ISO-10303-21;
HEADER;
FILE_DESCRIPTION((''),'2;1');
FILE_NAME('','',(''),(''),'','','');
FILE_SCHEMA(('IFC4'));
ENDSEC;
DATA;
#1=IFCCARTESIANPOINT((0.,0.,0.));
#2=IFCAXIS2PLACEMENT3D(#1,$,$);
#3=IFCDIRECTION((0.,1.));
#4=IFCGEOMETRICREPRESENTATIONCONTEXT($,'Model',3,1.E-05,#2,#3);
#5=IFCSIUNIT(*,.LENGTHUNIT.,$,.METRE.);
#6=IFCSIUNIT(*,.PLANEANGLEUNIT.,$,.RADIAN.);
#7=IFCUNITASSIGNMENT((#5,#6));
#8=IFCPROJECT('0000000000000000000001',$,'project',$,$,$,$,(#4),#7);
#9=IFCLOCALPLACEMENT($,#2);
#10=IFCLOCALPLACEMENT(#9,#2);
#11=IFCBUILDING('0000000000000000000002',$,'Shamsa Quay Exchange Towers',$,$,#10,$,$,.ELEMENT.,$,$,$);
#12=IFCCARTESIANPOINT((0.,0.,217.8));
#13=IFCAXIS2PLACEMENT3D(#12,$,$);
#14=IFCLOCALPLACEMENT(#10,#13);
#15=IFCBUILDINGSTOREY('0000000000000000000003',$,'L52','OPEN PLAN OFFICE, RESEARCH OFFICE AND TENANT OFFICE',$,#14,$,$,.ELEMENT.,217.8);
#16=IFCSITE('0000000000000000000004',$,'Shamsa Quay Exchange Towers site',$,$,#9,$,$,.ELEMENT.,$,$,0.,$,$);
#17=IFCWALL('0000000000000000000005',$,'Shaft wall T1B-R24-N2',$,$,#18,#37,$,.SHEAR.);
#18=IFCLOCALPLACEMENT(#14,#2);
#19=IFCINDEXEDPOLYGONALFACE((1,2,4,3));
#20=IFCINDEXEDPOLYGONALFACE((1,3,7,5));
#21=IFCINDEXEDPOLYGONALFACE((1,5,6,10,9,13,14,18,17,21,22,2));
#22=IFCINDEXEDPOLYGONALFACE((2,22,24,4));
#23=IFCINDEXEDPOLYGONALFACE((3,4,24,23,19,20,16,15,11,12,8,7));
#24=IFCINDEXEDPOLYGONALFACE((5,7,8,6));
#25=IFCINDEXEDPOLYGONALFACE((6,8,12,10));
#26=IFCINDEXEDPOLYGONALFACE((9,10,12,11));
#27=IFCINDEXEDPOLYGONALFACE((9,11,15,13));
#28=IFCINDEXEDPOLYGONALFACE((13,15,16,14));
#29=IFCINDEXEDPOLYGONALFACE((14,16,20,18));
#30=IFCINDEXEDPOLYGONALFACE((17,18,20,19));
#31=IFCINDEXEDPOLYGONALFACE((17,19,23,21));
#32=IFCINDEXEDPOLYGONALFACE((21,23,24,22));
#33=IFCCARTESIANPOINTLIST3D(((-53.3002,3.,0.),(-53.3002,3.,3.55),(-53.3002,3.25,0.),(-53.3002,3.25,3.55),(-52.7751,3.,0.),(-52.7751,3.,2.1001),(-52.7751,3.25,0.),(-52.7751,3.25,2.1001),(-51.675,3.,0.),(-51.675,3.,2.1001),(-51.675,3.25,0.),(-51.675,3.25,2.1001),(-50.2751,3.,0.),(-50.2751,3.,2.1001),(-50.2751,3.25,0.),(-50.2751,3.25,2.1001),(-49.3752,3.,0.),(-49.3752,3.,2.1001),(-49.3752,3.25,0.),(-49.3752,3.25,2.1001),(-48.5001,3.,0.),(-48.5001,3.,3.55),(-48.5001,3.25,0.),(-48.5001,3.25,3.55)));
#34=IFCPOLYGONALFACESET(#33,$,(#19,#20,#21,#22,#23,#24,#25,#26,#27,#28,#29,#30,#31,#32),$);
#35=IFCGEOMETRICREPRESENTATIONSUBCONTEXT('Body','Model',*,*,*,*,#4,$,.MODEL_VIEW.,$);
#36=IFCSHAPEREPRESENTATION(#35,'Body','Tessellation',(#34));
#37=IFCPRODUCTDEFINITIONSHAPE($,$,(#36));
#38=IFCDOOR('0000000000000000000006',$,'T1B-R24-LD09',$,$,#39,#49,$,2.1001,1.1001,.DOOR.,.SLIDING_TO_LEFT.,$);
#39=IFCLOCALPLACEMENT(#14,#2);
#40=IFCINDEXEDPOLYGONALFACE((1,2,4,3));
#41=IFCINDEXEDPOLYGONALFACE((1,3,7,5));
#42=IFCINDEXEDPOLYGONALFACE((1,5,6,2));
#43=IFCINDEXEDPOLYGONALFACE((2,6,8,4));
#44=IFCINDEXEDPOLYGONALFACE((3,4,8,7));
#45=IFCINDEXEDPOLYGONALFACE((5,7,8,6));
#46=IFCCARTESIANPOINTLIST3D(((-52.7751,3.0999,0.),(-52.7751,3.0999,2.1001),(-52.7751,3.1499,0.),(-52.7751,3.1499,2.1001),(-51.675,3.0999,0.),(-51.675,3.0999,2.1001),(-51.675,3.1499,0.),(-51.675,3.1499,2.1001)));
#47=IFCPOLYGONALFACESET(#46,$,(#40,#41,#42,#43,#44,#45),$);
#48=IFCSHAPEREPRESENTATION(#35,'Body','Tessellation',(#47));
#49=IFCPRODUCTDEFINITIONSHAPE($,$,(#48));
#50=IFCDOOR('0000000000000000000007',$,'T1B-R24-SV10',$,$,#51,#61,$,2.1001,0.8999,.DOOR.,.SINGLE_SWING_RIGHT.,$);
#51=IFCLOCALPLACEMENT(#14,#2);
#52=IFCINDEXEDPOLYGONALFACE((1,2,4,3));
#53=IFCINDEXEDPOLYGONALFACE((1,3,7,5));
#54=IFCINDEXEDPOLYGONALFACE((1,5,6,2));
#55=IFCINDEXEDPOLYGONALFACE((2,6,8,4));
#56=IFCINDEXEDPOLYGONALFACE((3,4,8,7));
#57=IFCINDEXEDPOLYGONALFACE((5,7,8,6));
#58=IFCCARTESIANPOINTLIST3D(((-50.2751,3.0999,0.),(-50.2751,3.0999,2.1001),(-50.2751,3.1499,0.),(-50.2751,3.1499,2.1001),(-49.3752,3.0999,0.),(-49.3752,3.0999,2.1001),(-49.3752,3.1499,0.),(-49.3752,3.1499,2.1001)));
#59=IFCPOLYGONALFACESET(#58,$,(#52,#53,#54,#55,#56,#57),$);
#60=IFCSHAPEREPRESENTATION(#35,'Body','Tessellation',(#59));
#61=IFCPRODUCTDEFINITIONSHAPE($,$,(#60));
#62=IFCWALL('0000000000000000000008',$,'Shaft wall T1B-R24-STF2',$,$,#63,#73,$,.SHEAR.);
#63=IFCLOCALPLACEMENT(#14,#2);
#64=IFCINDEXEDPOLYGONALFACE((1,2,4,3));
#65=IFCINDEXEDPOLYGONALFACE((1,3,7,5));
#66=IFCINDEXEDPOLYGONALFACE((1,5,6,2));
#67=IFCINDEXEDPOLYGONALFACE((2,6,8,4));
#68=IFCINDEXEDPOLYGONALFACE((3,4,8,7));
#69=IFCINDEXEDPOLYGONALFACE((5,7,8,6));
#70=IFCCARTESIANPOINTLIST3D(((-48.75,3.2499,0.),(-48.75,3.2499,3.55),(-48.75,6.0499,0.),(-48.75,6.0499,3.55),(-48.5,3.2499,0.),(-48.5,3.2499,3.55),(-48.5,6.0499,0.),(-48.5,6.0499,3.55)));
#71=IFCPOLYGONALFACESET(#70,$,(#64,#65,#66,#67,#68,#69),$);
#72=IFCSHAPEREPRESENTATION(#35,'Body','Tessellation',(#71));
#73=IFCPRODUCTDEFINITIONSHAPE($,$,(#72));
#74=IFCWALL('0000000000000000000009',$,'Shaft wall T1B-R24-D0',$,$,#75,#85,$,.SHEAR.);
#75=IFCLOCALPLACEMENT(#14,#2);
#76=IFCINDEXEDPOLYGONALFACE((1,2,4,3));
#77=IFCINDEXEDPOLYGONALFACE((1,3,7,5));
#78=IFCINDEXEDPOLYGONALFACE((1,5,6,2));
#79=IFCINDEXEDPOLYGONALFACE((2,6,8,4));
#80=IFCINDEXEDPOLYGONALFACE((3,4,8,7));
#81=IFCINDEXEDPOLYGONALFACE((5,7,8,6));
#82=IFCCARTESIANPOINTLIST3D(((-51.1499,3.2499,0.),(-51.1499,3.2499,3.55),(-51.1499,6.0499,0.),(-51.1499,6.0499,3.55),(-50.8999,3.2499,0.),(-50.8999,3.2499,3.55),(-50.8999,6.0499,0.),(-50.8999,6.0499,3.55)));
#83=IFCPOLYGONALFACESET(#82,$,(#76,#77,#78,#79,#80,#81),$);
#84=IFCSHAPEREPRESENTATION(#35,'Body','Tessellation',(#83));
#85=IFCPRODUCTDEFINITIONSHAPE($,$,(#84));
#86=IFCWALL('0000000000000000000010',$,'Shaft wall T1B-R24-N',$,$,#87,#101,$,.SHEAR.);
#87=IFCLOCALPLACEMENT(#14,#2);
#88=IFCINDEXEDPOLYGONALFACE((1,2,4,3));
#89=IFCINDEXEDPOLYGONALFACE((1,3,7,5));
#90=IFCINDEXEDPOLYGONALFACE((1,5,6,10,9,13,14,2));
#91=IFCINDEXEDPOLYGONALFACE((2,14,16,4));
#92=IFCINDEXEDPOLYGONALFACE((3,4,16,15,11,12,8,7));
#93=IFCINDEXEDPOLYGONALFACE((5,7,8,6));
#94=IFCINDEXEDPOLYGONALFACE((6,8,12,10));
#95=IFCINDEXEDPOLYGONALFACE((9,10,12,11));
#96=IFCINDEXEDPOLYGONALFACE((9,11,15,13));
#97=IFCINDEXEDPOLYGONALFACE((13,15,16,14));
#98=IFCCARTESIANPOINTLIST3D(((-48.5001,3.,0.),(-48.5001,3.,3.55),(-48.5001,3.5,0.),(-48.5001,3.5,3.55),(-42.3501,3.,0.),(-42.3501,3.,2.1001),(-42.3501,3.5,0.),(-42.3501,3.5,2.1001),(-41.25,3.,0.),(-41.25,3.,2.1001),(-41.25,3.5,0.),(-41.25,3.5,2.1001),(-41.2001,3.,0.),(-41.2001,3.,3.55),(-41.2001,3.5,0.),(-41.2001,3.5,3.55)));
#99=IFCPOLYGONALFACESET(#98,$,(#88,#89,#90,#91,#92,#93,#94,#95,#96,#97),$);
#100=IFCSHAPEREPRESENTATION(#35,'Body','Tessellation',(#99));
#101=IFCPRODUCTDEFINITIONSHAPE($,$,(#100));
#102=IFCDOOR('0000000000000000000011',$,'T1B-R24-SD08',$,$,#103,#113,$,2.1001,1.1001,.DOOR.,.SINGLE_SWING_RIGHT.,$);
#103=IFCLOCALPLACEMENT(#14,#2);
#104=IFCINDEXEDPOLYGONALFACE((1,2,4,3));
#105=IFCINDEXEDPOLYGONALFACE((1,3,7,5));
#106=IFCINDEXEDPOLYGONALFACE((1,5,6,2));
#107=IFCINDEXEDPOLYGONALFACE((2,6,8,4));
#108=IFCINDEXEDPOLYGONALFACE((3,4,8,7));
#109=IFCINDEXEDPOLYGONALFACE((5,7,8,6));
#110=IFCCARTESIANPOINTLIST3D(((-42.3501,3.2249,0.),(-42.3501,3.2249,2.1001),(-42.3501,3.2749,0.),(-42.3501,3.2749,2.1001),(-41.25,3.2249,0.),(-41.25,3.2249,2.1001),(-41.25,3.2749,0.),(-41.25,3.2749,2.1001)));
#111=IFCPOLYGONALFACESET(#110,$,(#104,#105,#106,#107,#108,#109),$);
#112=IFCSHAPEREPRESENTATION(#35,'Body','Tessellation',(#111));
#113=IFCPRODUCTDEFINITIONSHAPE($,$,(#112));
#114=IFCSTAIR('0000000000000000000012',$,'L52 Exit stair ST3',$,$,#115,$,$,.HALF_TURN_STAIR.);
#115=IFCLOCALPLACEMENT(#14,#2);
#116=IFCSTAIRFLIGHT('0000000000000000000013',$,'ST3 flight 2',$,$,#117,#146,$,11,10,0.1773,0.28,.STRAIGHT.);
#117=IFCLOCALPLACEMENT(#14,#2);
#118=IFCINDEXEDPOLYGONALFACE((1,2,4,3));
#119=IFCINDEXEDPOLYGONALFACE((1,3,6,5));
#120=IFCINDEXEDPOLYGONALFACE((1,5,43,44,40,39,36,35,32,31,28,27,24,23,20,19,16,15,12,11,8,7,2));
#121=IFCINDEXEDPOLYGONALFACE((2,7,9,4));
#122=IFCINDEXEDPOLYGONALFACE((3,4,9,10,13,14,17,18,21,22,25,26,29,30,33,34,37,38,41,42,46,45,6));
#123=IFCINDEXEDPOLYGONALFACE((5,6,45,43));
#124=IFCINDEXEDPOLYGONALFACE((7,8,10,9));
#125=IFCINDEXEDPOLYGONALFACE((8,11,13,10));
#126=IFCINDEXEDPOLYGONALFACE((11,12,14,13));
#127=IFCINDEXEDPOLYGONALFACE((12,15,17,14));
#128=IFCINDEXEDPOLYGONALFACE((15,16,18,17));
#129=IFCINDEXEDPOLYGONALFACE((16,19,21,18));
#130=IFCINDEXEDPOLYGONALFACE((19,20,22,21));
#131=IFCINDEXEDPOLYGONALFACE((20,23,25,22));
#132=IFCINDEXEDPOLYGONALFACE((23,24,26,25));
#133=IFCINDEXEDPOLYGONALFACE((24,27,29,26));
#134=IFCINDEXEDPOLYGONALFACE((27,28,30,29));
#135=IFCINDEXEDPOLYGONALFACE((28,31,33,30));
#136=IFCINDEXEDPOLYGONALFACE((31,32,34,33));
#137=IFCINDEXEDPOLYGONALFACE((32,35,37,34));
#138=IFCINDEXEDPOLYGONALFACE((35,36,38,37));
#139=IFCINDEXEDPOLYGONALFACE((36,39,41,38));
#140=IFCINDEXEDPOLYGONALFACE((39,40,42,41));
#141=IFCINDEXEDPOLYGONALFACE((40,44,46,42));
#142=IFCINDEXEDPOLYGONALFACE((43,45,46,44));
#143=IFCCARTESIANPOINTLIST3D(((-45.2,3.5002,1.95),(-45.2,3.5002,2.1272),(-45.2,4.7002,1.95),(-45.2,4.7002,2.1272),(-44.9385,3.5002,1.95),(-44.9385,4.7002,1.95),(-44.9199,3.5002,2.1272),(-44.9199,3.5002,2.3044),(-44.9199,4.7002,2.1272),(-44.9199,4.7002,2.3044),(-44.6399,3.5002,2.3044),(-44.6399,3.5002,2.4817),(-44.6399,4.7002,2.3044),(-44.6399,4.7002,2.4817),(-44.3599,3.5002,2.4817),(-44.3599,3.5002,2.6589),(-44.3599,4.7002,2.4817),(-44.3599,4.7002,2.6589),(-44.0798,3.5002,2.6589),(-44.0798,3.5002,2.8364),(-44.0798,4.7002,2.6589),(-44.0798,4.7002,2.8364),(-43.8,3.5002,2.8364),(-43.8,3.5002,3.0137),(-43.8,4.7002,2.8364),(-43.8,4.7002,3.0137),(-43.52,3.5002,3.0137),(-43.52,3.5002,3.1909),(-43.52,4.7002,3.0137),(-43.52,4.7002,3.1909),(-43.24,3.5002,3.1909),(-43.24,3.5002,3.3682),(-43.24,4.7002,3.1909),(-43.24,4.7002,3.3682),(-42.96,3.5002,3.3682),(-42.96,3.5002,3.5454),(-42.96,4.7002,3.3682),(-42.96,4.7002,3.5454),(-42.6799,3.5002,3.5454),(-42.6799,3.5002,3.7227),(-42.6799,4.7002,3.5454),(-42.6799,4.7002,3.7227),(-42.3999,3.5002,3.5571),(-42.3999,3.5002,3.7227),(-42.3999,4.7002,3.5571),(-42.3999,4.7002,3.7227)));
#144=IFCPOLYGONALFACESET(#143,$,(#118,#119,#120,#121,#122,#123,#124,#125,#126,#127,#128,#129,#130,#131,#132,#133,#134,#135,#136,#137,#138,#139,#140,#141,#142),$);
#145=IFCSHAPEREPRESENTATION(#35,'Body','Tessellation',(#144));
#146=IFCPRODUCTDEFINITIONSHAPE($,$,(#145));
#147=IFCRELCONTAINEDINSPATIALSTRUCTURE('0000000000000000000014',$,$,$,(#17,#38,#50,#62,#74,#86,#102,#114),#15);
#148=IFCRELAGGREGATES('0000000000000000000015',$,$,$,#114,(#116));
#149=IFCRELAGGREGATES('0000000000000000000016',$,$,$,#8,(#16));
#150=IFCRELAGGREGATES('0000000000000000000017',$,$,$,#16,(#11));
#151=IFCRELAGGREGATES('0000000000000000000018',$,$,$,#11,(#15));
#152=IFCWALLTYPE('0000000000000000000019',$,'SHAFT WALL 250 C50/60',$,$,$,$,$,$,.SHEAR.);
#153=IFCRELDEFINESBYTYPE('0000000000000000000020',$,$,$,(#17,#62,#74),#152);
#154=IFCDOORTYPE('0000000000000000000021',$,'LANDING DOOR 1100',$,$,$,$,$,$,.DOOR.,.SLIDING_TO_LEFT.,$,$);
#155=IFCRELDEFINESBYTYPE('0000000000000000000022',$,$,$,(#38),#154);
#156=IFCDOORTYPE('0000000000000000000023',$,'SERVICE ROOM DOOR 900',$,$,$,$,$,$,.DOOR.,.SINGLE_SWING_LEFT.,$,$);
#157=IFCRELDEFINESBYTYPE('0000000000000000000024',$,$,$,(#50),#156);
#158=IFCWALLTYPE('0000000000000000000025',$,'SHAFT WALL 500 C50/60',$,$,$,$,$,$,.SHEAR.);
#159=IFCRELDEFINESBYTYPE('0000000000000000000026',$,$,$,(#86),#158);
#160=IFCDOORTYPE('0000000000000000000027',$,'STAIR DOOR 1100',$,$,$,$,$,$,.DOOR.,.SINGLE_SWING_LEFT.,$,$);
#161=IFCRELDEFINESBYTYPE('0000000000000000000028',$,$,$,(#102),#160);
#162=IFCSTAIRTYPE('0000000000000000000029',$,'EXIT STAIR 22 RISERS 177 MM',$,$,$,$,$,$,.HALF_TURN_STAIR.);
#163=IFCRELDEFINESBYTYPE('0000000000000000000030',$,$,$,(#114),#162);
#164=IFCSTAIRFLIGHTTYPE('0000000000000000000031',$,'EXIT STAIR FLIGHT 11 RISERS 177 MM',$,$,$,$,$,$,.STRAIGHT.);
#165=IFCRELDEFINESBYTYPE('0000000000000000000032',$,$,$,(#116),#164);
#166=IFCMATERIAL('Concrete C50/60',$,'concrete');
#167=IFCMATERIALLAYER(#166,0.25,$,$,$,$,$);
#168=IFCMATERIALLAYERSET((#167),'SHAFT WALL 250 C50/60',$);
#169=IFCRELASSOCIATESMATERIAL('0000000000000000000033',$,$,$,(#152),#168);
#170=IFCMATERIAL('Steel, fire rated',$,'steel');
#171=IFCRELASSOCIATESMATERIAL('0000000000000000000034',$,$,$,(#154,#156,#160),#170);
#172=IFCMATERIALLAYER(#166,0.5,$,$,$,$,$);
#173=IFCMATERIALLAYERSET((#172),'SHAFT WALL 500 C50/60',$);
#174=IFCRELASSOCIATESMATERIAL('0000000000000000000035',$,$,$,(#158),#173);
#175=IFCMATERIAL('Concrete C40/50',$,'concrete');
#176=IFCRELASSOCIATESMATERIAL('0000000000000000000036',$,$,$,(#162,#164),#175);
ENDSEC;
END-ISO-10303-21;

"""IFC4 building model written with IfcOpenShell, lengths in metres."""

from ifc_helpers import new_model, si_unit, direction, frame, frame_2d, origin, place, context, subcontext, project, spatial, polyline, rectangle, outline, extrude, material, layer, layer_set, type_object, element, fill, aggregate, save


model = new_model("IFC4")

# Units and contexts
model_context = context("Model", 3, precision=1e-05, world=origin(), true_north=direction((0.0, 1.0)))
body_context = subcontext(model_context, "Body", "Model", "MODEL_VIEW")
ifc_project = project(units=[si_unit("LENGTHUNIT", "METRE"), si_unit("PLANEANGLEUNIT", "RADIAN")], contexts=[model_context])

# Site, building, storey
site_placement = place(None, origin())
site = spatial("IfcSite", under=ifc_project, at=site_placement, Name="Shamsa Quay Exchange Towers site", CompositionType="ELEMENT", RefElevation=0.0)
building_placement = place(site_placement, origin())
building = spatial("IfcBuilding", under=site, at=building_placement, Name="Shamsa Quay Exchange Towers", CompositionType="ELEMENT")
storey_placement = place(building_placement, frame((0.0, 0.0, 217.8)))
storey = spatial("IfcBuildingStorey", under=building, at=storey_placement, Name="L52", Description="OPEN PLAN OFFICE, RESEARCH OFFICE AND TENANT OFFICE", CompositionType="ELEMENT", Elevation=217.8)

# Wall, openings, doors
ifc_material_1 = material(Name="Concrete C50/60", Category="concrete")
ifc_layer_1 = layer(ifc_material_1, 0.25)
ifc_layer_set_1 = layer_set([ifc_layer_1], Name="SHAFT WALL 250 C50/60")
wall_type_1 = type_object("IfcWallType", Name="SHAFT WALL 250 C50/60", PredefinedType="SHEAR", material=ifc_layer_set_1)
wall_1_placement = place(storey_placement, frame((-53.3, 3.125, 0.0)))
wall_1 = element("IfcWall", 1, at=wall_1_placement, inside=storey, type_object=wall_type_1, Name="Shaft wall T1B-R24-N2", PredefinedType="SHEAR", context=body_context, shape_type="SweptSolid", body=[
    extrude(rectangle(XDim=4.8, YDim=0.25, at=frame_2d((2.3999, 0.0))), origin(), (0.0, 0.0, 1.0), 3.55),
])
opening_1_placement = place(wall_1_placement, frame((0.5249, 0.0, 0.0)))
opening_1 = element("IfcOpeningElement", 2, at=opening_1_placement, cuts=wall_1, PredefinedType="OPENING", context=body_context, shape_type="SweptSolid", body=[
    extrude(rectangle(XDim=1.1001, YDim=2.1001, at=frame_2d((0.55, 1.05))), frame((0.0, 0.135, 0.0), z_axis=(0.0, -1.0, 0.0), x_axis=(1.0, 0.0, 0.0)), (0.0, 0.0, 1.0), 0.27),
])
opening_2_placement = place(wall_1_placement, frame((3.0249, 0.0, 0.0)))
opening_2 = element("IfcOpeningElement", 3, at=opening_2_placement, cuts=wall_1, PredefinedType="OPENING", context=body_context, shape_type="SweptSolid", body=[
    extrude(rectangle(XDim=0.8999, YDim=2.1001, at=frame_2d((0.45, 1.05))), frame((0.0, 0.135, 0.0), z_axis=(0.0, -1.0, 0.0), x_axis=(1.0, 0.0, 0.0)), (0.0, 0.0, 1.0), 0.27),
])
ifc_material_2 = material(Name="Steel, fire rated", Category="steel")
door_type_1 = type_object("IfcDoorType", Name="LANDING DOOR 1100", OperationType="SLIDING_TO_LEFT", PredefinedType="DOOR", material=ifc_material_2)
door_1_placement = place(opening_1_placement, origin())
door_1 = element("IfcDoor", 4, at=door_1_placement, inside=storey, type_object=door_type_1, Name="T1B-R24-LD09", OperationType="SLIDING_TO_LEFT", OverallHeight=2.1001, OverallWidth=1.1001, PredefinedType="DOOR", context=body_context, shape_type="SweptSolid", body=[
    extrude(rectangle(XDim=1.1001, YDim=2.1001, at=frame_2d((0.55, 1.05))), frame((0.0, 0.0249, 0.0), z_axis=(0.0, -1.0, 0.0), x_axis=(1.0, 0.0, 0.0)), (0.0, 0.0, 1.0), 0.05),
])
fill(opening_1, door_1)
door_type_2 = type_object("IfcDoorType", Name="SERVICE ROOM DOOR 900", OperationType="SINGLE_SWING_LEFT", PredefinedType="DOOR", material=ifc_material_2)
door_2_placement = place(opening_2_placement, origin())
door_2 = element("IfcDoor", 5, at=door_2_placement, inside=storey, type_object=door_type_2, Name="T1B-R24-SV10", OperationType="SINGLE_SWING_RIGHT", OverallHeight=2.1001, OverallWidth=0.8999, PredefinedType="DOOR", context=body_context, shape_type="SweptSolid", body=[
    extrude(rectangle(XDim=0.8999, YDim=2.1001, at=frame_2d((0.45, 1.05))), frame((0.0, 0.0249, 0.0), z_axis=(0.0, -1.0, 0.0), x_axis=(1.0, 0.0, 0.0)), (0.0, 0.0, 1.0), 0.05),
])
fill(opening_2, door_2)

# Walls
for number, where, z_axis, x_axis, name in (
    (6, (-48.625, 3.25, 0.0), (0.0, 0.0, 1.0), (0.0, 1.0, 0.0), "Shaft wall T1B-R24-STF2"),
    (7, (-51.0249, 3.25, 0.0), (0.0, 0.0, 1.0), (0.0, 1.0, 0.0), "Shaft wall T1B-R24-D0"),
):
    element("IfcWall", number, at=place(storey_placement, frame(where, z_axis=z_axis, x_axis=x_axis)), inside=storey, type_object=wall_type_1, Name=name, PredefinedType="SHEAR", context=body_context, shape_type="SweptSolid", body=[
        extrude(rectangle(XDim=2.8, YDim=0.25, at=frame_2d((1.3999, 0.0))), origin(), (0.0, 0.0, 1.0), 3.55),
    ])

# Wall, opening, door
ifc_layer_2 = layer(ifc_material_1, 0.5)
ifc_layer_set_2 = layer_set([ifc_layer_2], Name="SHAFT WALL 500 C50/60")
wall_type_2 = type_object("IfcWallType", Name="SHAFT WALL 500 C50/60", PredefinedType="SHEAR", material=ifc_layer_set_2)
wall_2_placement = place(storey_placement, frame((-48.5, 3.25, 0.0)))
wall_2 = element("IfcWall", 8, at=wall_2_placement, inside=storey, type_object=wall_type_2, Name="Shaft wall T1B-R24-N", PredefinedType="SHEAR", context=body_context, shape_type="SweptSolid", body=[
    extrude(rectangle(XDim=7.3, YDim=0.5, at=frame_2d((3.6499, 0.0))), origin(), (0.0, 0.0, 1.0), 3.55),
])
opening_3_placement = place(wall_2_placement, frame((6.1499, 0.0, 0.0)))
opening_3 = element("IfcOpeningElement", 9, at=opening_3_placement, cuts=wall_2, PredefinedType="OPENING", context=body_context, shape_type="SweptSolid", body=[
    extrude(rectangle(XDim=1.1001, YDim=2.1001, at=frame_2d((0.55, 1.05))), frame((0.0, 0.26, 0.0), z_axis=(0.0, -1.0, 0.0), x_axis=(1.0, 0.0, 0.0)), (0.0, 0.0, 1.0), 0.52),
])
door_type_3 = type_object("IfcDoorType", Name="STAIR DOOR 1100", OperationType="SINGLE_SWING_LEFT", PredefinedType="DOOR", material=ifc_material_2)
door_3_placement = place(opening_3_placement, origin())
door_3 = element("IfcDoor", 10, at=door_3_placement, inside=storey, type_object=door_type_3, Name="T1B-R24-SD08", OperationType="SINGLE_SWING_RIGHT", OverallHeight=2.1001, OverallWidth=1.1001, PredefinedType="DOOR", context=body_context, shape_type="SweptSolid", body=[
    extrude(rectangle(XDim=1.1001, YDim=2.1001, at=frame_2d((0.55, 1.05))), frame((0.0, 0.0249, 0.0), z_axis=(0.0, -1.0, 0.0), x_axis=(1.0, 0.0, 0.0)), (0.0, 0.0, 1.0), 0.05),
])
fill(opening_3, door_3)

# Stair, stair flight
ifc_material_3 = material(Name="Concrete C40/50", Category="concrete")
stair_type = type_object("IfcStairType", Name="EXIT STAIR 22 RISERS 177 MM", PredefinedType="HALF_TURN_STAIR", material=ifc_material_3)
stair_placement = place(storey_placement, origin())
stair = element("IfcStair", 11, at=stair_placement, inside=storey, type_object=stair_type, Name="L52 Exit stair ST3", PredefinedType="HALF_TURN_STAIR")
stair_flight_type = type_object("IfcStairFlightType", Name="EXIT STAIR FLIGHT 11 RISERS 177 MM", PredefinedType="STRAIGHT", material=ifc_material_3)
stair_flight_placement = place(storey_placement, frame((-45.2, 4.1001, 1.95)))
stair_flight = element("IfcStairFlight", 12, at=stair_flight_placement, type_object=stair_flight_type, Name="ST3 flight 2", NumberOfRisers=11, NumberOfTreads=10, PredefinedType="STRAIGHT", RiserHeight=0.1773, TreadLength=0.28, context=body_context, shape_type="SweptSolid", body=[
    extrude(outline(polyline([(0.0, 0.0), (0.0, 0.1772), (0.28, 0.1772), (0.28, 0.3545), (0.5601, 0.3545), (0.5601, 0.5317), (0.8401, 0.5317), (0.8401, 0.709), (1.1201, 0.709), (1.1201, 0.8865), (1.3999, 0.8865), (1.3999, 1.0637), (1.6799, 1.0637), (1.6799, 1.241), (1.96, 1.241), (1.96, 1.4182), (2.24, 1.4182), (2.24, 1.5955), (2.52, 1.5955), (2.52, 1.7727), (2.8, 1.7727), (2.8, 1.95), (2.8, 1.6072), (0.2615, 0.0), (0.0, 0.0)])), frame((0.0, 0.6001, 0.0), z_axis=(0.0, -1.0, 0.0), x_axis=(1.0, 0.0, 0.0)), (0.0, 0.0, 1.0), 1.2),
])
aggregate(stair, [stair_flight])

save(model, "model.ifc")
